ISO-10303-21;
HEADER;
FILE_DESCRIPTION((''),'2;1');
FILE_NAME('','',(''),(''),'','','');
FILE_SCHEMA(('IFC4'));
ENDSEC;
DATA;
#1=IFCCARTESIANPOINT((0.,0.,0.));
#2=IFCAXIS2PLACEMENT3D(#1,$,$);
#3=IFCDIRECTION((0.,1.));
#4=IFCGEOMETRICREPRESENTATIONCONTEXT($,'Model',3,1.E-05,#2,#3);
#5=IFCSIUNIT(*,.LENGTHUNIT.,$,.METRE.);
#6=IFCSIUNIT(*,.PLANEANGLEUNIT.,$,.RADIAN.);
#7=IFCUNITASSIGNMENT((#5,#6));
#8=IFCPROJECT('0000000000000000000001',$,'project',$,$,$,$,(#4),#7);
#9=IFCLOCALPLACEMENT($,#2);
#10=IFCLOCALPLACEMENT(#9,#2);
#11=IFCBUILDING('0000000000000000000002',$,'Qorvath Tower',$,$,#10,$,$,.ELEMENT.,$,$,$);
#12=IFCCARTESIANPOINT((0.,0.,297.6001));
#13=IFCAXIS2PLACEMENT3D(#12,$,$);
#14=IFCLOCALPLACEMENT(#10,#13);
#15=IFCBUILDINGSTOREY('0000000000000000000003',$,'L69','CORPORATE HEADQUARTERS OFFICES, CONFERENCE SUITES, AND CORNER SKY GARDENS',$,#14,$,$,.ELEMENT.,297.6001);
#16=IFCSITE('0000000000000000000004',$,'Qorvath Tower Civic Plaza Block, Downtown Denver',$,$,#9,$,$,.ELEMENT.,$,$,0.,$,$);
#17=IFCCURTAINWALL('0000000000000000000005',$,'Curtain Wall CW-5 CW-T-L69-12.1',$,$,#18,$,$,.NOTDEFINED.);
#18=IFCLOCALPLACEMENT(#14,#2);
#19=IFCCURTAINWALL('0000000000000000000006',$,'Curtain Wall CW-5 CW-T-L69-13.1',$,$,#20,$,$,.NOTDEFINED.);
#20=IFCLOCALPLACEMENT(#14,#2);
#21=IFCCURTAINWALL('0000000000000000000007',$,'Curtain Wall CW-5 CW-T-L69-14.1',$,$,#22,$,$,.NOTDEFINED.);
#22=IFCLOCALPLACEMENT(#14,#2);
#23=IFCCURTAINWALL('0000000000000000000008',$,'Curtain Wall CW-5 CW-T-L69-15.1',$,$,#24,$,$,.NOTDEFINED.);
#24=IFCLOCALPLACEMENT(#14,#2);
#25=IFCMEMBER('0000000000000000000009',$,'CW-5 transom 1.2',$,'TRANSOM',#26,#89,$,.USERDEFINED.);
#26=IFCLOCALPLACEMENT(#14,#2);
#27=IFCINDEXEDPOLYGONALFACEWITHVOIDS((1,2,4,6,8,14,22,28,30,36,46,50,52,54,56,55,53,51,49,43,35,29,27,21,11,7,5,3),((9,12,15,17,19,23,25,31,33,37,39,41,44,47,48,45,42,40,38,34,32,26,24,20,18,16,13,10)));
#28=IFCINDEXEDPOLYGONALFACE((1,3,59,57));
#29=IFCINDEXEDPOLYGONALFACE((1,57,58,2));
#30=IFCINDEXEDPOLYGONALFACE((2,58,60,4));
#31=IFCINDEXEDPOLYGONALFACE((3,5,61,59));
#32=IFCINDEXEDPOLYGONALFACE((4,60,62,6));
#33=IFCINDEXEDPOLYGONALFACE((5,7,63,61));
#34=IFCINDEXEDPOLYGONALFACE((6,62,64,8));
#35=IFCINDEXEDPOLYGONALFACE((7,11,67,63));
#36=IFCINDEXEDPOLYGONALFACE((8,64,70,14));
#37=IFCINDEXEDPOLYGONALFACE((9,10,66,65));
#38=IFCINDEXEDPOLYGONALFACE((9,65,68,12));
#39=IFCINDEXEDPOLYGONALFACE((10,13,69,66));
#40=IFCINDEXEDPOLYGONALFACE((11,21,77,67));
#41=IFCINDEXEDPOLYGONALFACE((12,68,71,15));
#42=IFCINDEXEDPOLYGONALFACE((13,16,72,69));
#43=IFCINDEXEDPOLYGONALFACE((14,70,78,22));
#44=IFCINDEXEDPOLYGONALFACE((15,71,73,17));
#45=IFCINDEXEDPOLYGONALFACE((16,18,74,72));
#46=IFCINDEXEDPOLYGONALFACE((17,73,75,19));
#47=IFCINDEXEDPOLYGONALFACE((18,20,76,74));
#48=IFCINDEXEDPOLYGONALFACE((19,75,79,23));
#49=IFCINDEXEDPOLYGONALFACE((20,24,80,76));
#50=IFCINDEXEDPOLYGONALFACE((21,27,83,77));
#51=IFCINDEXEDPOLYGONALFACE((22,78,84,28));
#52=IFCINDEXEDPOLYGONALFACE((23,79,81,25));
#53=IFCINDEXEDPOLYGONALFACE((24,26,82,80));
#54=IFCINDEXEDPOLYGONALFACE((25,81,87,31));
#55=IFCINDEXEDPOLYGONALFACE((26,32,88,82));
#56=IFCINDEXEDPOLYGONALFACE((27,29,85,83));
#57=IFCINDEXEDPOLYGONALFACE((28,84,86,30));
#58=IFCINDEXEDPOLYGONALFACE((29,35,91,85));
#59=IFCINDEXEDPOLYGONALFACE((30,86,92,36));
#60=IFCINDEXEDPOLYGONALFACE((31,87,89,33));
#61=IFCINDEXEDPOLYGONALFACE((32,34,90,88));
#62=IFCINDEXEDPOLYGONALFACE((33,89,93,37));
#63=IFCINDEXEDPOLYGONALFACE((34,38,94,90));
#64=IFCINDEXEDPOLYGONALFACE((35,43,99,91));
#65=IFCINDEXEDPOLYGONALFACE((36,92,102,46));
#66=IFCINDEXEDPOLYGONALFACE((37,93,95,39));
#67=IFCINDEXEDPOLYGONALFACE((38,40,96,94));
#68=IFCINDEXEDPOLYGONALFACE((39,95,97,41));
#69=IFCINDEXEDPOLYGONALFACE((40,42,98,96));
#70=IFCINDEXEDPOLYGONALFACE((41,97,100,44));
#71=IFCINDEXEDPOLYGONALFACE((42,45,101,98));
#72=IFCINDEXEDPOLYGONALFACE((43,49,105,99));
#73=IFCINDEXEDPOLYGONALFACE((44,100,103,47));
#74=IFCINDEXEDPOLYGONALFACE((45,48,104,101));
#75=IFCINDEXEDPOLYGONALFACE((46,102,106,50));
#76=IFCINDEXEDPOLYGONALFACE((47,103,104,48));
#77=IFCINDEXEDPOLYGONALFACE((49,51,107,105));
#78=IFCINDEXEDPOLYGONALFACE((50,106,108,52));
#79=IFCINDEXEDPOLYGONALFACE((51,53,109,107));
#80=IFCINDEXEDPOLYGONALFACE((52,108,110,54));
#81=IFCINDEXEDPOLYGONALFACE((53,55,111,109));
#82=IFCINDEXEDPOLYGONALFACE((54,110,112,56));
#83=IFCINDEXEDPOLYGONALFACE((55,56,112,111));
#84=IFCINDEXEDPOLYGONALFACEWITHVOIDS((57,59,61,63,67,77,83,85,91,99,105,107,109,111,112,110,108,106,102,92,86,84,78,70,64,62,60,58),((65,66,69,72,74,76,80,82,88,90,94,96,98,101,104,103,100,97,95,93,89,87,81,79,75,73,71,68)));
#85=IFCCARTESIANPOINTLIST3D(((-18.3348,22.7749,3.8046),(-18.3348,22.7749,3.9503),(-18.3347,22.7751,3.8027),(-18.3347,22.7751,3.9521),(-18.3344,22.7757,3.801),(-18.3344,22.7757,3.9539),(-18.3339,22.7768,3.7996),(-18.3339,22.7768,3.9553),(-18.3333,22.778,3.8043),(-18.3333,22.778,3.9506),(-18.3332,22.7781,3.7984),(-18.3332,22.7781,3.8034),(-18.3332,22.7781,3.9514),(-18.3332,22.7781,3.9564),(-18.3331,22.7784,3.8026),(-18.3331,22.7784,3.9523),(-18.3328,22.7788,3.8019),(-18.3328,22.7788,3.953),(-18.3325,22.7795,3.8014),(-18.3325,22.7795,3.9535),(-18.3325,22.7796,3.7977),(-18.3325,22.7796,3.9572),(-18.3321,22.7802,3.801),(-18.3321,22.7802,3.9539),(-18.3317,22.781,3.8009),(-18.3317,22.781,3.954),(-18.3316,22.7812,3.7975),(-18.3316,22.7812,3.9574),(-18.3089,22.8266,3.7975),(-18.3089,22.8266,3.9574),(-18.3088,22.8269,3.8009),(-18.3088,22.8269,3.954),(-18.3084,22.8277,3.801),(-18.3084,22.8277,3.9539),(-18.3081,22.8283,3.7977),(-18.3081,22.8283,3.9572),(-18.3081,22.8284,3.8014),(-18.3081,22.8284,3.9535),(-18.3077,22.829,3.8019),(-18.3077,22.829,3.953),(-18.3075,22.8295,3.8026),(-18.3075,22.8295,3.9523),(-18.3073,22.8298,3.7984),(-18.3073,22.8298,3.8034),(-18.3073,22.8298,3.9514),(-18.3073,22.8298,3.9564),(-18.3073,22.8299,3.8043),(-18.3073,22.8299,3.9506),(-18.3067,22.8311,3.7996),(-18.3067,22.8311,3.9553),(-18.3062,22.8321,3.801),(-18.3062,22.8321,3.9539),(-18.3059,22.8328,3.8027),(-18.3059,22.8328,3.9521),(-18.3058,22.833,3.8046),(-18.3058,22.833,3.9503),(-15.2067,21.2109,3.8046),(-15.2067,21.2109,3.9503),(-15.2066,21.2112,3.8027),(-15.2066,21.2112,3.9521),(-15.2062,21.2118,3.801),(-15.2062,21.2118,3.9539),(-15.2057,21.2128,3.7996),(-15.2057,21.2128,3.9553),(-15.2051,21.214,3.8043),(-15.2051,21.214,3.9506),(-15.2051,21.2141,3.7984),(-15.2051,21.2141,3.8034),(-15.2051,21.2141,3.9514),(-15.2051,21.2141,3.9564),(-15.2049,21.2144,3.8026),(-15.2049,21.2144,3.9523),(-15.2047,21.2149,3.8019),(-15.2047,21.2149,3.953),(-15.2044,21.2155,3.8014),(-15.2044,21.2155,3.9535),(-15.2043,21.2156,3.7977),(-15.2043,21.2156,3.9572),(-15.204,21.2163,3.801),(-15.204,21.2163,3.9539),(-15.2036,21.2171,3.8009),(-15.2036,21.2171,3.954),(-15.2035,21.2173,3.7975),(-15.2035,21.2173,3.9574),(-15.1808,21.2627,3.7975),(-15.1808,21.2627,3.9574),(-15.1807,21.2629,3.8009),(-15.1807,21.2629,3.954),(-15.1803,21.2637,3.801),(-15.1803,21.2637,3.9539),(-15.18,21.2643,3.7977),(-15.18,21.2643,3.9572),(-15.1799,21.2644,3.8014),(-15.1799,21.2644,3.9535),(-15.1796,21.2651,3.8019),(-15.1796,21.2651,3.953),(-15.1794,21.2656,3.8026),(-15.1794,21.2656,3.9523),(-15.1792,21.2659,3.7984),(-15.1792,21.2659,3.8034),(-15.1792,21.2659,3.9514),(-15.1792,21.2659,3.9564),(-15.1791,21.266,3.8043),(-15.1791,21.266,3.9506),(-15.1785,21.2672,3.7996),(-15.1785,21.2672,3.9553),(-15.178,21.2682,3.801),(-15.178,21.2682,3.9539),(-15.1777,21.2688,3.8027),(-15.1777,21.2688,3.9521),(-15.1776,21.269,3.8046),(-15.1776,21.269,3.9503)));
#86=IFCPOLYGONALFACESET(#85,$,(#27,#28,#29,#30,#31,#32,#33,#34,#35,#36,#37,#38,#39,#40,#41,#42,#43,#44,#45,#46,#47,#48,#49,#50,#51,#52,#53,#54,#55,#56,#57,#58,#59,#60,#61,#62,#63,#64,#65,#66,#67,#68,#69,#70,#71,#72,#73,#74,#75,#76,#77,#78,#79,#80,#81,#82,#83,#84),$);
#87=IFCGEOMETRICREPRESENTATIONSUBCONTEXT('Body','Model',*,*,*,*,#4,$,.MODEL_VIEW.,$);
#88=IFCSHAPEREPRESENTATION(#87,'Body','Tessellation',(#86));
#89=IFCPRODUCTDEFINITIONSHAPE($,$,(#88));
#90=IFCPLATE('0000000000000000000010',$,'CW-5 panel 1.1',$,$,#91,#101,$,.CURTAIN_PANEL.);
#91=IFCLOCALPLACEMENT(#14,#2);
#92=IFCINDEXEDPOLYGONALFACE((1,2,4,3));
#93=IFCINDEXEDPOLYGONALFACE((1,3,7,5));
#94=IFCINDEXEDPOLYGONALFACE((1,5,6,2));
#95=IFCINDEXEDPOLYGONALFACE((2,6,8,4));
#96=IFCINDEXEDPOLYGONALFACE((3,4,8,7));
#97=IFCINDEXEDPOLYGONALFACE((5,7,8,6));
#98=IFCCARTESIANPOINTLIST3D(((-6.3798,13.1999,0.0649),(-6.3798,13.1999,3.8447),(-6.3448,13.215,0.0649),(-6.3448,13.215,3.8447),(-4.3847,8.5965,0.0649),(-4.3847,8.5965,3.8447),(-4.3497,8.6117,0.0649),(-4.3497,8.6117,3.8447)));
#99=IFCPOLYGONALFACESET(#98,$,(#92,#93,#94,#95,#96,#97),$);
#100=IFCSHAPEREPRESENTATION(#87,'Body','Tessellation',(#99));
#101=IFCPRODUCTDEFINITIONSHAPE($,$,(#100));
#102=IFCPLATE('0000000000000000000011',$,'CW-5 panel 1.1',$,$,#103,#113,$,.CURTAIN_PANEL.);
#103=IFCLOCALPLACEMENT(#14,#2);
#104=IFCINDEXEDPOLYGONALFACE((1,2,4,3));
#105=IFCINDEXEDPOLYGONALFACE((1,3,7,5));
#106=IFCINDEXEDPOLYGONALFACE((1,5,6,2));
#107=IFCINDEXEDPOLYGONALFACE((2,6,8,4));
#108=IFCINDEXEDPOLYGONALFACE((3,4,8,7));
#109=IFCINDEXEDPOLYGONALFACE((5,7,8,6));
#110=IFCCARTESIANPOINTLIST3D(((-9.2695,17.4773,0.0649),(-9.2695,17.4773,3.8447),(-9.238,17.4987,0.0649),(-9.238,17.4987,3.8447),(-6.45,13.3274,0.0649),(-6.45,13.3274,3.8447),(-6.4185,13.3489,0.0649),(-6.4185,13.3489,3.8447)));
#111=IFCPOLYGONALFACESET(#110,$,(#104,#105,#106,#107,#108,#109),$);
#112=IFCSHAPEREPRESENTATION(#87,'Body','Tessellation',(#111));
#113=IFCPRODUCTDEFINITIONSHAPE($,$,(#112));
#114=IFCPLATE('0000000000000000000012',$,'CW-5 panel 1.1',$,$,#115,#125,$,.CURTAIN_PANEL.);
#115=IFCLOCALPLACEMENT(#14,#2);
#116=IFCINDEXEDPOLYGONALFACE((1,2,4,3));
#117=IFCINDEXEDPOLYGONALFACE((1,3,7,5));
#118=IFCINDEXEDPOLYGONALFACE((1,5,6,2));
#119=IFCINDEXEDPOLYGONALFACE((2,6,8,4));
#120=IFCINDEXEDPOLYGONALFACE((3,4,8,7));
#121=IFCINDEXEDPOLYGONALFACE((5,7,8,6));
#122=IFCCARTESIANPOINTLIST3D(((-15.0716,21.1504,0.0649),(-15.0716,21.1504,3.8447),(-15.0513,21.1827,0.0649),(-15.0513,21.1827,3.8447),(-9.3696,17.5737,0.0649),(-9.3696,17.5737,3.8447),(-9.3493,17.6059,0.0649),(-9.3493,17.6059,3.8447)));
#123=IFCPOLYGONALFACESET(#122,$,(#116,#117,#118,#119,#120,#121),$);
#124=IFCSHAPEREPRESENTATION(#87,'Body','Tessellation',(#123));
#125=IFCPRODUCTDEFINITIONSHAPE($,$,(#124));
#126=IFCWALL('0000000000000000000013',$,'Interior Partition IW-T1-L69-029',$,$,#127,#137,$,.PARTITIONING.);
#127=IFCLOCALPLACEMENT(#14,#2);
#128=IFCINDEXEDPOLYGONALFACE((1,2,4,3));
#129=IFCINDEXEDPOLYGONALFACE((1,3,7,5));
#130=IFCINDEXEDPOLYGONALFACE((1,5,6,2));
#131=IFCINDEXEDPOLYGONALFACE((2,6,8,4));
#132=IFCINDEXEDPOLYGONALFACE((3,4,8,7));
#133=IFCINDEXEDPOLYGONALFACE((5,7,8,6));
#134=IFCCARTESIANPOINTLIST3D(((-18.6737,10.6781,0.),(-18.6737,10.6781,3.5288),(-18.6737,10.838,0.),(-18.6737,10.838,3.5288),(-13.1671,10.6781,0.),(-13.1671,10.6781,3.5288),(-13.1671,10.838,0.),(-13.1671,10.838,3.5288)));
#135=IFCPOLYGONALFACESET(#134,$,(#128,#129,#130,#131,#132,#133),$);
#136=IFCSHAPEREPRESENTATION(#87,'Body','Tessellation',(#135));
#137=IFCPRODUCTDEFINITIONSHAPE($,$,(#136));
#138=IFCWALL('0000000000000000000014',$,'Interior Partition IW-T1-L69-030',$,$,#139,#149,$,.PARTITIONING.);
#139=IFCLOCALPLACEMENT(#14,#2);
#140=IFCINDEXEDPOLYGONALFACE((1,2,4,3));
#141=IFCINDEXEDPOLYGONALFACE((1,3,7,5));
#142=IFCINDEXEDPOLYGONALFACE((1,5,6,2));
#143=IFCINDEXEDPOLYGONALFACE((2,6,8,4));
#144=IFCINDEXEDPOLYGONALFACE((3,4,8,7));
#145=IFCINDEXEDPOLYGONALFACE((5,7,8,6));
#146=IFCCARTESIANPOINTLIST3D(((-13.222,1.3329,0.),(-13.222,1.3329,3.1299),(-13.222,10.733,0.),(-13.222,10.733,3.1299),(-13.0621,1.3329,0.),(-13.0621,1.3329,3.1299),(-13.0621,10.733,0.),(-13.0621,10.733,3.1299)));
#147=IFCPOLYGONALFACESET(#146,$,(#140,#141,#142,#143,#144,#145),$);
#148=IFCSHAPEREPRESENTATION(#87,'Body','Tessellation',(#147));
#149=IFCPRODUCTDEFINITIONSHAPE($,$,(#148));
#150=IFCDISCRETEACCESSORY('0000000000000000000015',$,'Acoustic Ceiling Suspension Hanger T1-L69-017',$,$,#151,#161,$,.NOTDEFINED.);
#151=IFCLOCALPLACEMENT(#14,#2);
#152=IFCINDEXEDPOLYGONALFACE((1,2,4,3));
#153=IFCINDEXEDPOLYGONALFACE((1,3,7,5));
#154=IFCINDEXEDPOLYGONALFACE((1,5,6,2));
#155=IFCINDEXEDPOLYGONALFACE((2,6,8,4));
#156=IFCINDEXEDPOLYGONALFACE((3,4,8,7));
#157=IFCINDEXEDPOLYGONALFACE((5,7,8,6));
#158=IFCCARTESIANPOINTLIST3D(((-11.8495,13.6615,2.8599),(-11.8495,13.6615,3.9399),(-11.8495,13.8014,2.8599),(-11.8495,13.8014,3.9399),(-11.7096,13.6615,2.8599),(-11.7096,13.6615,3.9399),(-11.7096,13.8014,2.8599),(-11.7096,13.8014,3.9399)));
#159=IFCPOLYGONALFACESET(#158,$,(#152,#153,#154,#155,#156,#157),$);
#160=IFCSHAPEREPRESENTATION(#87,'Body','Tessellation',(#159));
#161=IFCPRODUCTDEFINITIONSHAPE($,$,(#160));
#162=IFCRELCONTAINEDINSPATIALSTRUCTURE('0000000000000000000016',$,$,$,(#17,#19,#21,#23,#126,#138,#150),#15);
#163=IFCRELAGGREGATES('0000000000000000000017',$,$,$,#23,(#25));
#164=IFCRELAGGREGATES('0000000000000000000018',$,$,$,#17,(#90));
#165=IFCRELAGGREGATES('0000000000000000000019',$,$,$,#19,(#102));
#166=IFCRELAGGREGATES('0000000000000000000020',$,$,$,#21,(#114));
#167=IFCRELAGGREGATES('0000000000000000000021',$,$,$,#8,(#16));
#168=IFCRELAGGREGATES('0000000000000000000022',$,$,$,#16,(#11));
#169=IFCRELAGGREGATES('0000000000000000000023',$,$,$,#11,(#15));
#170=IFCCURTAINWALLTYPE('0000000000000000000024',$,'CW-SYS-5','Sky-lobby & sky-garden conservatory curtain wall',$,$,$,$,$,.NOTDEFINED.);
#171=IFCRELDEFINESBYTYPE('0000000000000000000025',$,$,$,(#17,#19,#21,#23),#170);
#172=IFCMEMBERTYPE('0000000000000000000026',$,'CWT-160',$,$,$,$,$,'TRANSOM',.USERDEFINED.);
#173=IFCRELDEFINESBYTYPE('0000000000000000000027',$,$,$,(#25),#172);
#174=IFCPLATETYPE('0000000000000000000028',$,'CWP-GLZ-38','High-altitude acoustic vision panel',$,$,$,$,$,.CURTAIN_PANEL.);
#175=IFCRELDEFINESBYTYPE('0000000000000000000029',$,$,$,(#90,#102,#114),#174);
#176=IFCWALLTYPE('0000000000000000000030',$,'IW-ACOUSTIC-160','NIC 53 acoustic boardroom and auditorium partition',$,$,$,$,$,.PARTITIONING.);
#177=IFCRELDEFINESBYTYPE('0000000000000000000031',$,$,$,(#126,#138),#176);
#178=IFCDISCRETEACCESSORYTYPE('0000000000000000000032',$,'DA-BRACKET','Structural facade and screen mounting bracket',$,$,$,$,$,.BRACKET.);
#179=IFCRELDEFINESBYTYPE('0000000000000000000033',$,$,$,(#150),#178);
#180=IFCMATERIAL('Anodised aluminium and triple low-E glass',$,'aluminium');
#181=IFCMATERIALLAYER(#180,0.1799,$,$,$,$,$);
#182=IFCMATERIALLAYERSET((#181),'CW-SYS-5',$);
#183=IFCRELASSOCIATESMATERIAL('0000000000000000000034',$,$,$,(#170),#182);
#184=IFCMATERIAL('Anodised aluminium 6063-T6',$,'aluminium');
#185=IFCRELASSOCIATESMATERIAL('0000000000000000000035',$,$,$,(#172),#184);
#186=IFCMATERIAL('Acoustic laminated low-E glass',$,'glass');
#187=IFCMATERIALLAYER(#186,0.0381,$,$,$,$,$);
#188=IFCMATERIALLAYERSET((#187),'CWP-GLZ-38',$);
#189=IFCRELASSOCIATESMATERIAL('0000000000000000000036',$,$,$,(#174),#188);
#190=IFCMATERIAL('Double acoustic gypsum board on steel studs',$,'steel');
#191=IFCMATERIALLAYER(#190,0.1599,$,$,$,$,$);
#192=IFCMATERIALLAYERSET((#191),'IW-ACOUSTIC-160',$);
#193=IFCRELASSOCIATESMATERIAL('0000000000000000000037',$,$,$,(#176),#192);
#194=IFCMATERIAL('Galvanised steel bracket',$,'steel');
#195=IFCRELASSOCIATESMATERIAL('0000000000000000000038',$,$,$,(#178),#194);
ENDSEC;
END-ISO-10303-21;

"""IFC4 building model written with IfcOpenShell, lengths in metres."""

from ifc_helpers import new_model, si_unit, direction, frame, frame_2d, origin, origin_2d, place, context, subcontext, project, spatial, rectangle, hollow_rectangle, extrude, material, layer, layer_set, material_profile, profile_set, type_object, element, aggregate, save


model = new_model("IFC4")

# Units and contexts
model_context = context("Model", 3, precision=1e-05, world=origin(), true_north=direction((0.0, 1.0)))
body_context = subcontext(model_context, "Body", "Model", "MODEL_VIEW")
ifc_project = project(units=[si_unit("LENGTHUNIT", "METRE"), si_unit("PLANEANGLEUNIT", "RADIAN")], contexts=[model_context])

# Site, building, storey
site_placement = place(None, origin())
site = spatial("IfcSite", under=ifc_project, at=site_placement, Name="Qorvath Tower Civic Plaza Block, Downtown Denver", CompositionType="ELEMENT", RefElevation=0.0)
building_placement = place(site_placement, origin())
building = spatial("IfcBuilding", under=site, at=building_placement, Name="Qorvath Tower", CompositionType="ELEMENT")
storey_placement = place(building_placement, frame((0.0, 0.0, 297.6001)))
storey = spatial("IfcBuildingStorey", under=building, at=storey_placement, Name="L69", Description="CORPORATE HEADQUARTERS OFFICES, CONFERENCE SUITES, AND CORNER SKY GARDENS", CompositionType="ELEMENT", Elevation=297.6001)

# Curtain walls
ifc_material_1 = material(Name="Anodised aluminium and triple low-E glass", Category="aluminium")
ifc_layer_1 = layer(ifc_material_1, 0.1799)
ifc_layer_set_1 = layer_set([ifc_layer_1], Name="CW-SYS-5")
curtain_wall_type = type_object("IfcCurtainWallType", Name="CW-SYS-5", Description="Sky-lobby & sky-garden conservatory curtain wall", PredefinedType="NOTDEFINED", material=ifc_layer_set_1)
curtain_wall_1_placement = place(storey_placement, origin())
curtain_wall_1 = element("IfcCurtainWall", 1, at=curtain_wall_1_placement, inside=storey, type_object=curtain_wall_type, Name="Curtain Wall CW-5 CW-T-L69-12.1", PredefinedType="NOTDEFINED")
curtain_wall_2_placement = place(storey_placement, origin())
curtain_wall_2 = element("IfcCurtainWall", 2, at=curtain_wall_2_placement, inside=storey, type_object=curtain_wall_type, Name="Curtain Wall CW-5 CW-T-L69-13.1", PredefinedType="NOTDEFINED")
curtain_wall_3_placement = place(storey_placement, origin())
curtain_wall_3 = element("IfcCurtainWall", 3, at=curtain_wall_3_placement, inside=storey, type_object=curtain_wall_type, Name="Curtain Wall CW-5 CW-T-L69-14.1", PredefinedType="NOTDEFINED")

# Curtain wall
curtain_wall_4_placement = place(storey_placement, origin())
curtain_wall_4 = element("IfcCurtainWall", 4, at=curtain_wall_4_placement, inside=storey, type_object=curtain_wall_type, Name="Curtain Wall CW-5 CW-T-L69-15.1", PredefinedType="NOTDEFINED")

# Member
ifc_material_2 = material(Name="Anodised aluminium 6063-T6", Category="aluminium")
ifc_material_profile_1 = material_profile(ifc_material_2, hollow_rectangle(XDim=0.0649, YDim=0.1599, WallThickness=0.0034, InnerFilletRadius=0.0034, OuterFilletRadius=0.0071, at=origin_2d()), Name="CWT 160x65")
ifc_profile_set_1 = profile_set([ifc_material_profile_1], Name="Anodised aluminium 6063-T6")
member_type_1 = type_object("IfcMemberType", Name="CWT-160", ElementType="TRANSOM", PredefinedType="USERDEFINED", material=ifc_profile_set_1)
member_1_placement = place(storey_placement, frame((-15.1921, 21.24, 3.8774), z_axis=(-0.894441, 0.447186, 0.0), x_axis=(-0.447186, -0.894441, 0.0)))
member_1 = element("IfcMember", 5, at=member_1_placement, type_object=member_type_1, Name="CW-5 transom 1.2", ObjectType="TRANSOM", PredefinedType="USERDEFINED", context=body_context, shape_type="SweptSolid", body=[
    extrude(hollow_rectangle(XDim=0.0649, YDim=0.1599, WallThickness=0.0034, InnerFilletRadius=0.0034, OuterFilletRadius=0.0071, at=origin_2d()), origin(), (0.0, 0.0, 1.0), 3.4973),
])
aggregate(curtain_wall_4, [member_1])

# Plates
ifc_material_3 = material(Name="Acoustic laminated low-E glass", Category="glass")
ifc_layer_2 = layer(ifc_material_3, 0.0381)
ifc_layer_set_2 = layer_set([ifc_layer_2], Name="CWP-GLZ-38")
plate_type = type_object("IfcPlateType", Name="CWP-GLZ-38", Description="High-altitude acoustic vision panel", PredefinedType="CURTAIN_PANEL", material=ifc_layer_set_2)
plate_1_placement = place(storey_placement, frame((-5.3647, 10.9058, 0.0649), z_axis=(0.0, 0.0, 1.0), x_axis=(-0.397658, 0.917534, 0.0)))
plate_1 = element("IfcPlate", 6, at=plate_1_placement, type_object=plate_type, Name="CW-5 panel 1.1", PredefinedType="CURTAIN_PANEL", context=body_context, shape_type="SweptSolid", body=[
    extrude(rectangle(XDim=5.0171, YDim=0.0381, at=origin_2d()), origin(), (0.0, 0.0, 1.0), 3.7798),
])
aggregate(curtain_wall_1, [plate_1])
plate_2_placement = place(storey_placement, frame((-7.844, 15.4131, 0.0649), z_axis=(0.0, 0.0, 1.0), x_axis=(-0.561985, 0.827147, 0.0)))
plate_2 = element("IfcPlate", 7, at=plate_2_placement, type_object=plate_type, Name="CW-5 panel 1.1", PredefinedType="CURTAIN_PANEL", context=body_context, shape_type="SweptSolid", body=[
    extrude(rectangle(XDim=5.0171, YDim=0.0381, at=origin_2d()), origin(), (0.0, 0.0, 1.0), 3.7798),
])
aggregate(curtain_wall_2, [plate_2])
plate_3_placement = place(storey_placement, frame((-12.2104, 19.3782, 0.0649), z_axis=(0.0, 0.0, 1.0), x_axis=(-0.847128, 0.531389, 0.0)))
plate_3 = element("IfcPlate", 8, at=plate_3_placement, type_object=plate_type, Name="CW-5 panel 1.1", PredefinedType="CURTAIN_PANEL", context=body_context, shape_type="SweptSolid", body=[
    extrude(rectangle(XDim=6.731, YDim=0.0381, at=origin_2d()), origin(), (0.0, 0.0, 1.0), 3.7798),
])
aggregate(curtain_wall_3, [plate_3])

# Walls
ifc_material_4 = material(Name="Double acoustic gypsum board on steel studs", Category="steel")
ifc_layer_3 = layer(ifc_material_4, 0.1599)
ifc_layer_set_3 = layer_set([ifc_layer_3], Name="IW-ACOUSTIC-160")
wall_type = type_object("IfcWallType", Name="IW-ACOUSTIC-160", Description="NIC 53 acoustic boardroom and auditorium partition", PredefinedType="PARTITIONING", material=ifc_layer_set_3)
wall_1_placement = place(storey_placement, frame((-13.167, 10.7581, 0.0), z_axis=(0.0, 0.0, 1.0), x_axis=(-1.0, 0.0, 0.0)))
element("IfcWall", 9, at=wall_1_placement, inside=storey, type_object=wall_type, Name="Interior Partition IW-T1-L69-029", PredefinedType="PARTITIONING", context=body_context, shape_type="SweptSolid", body=[
    extrude(rectangle(XDim=5.5066, YDim=0.1599, at=frame_2d((2.7534, 0.0))), origin(), (0.0, 0.0, 1.0), 3.5288),
])
wall_2_placement = place(storey_placement, frame((-13.1421, 10.7332, 0.0), z_axis=(0.0, 0.0, 1.0), x_axis=(0.0, -1.0, 0.0)))
element("IfcWall", 10, at=wall_2_placement, inside=storey, type_object=wall_type, Name="Interior Partition IW-T1-L69-030", PredefinedType="PARTITIONING", context=body_context, shape_type="SweptSolid", body=[
    extrude(rectangle(XDim=9.4001, YDim=0.1599, at=frame_2d((4.7002, 0.0))), origin(), (0.0, 0.0, 1.0), 3.1299),
])

# Discrete accessory
ifc_material_5 = material(Name="Galvanised steel bracket", Category="steel")
discrete_accessory_type = type_object("IfcDiscreteAccessoryType", Name="DA-BRACKET", Description="Structural facade and screen mounting bracket", PredefinedType="BRACKET", material=ifc_material_5)
discrete_accessory_placement = place(storey_placement, frame((-11.7795, 13.7314, 2.8599), z_axis=(0.0, 0.0, 1.0), x_axis=(1.0, 0.0, 0.0)))
element("IfcDiscreteAccessory", 11, at=discrete_accessory_placement, inside=storey, type_object=discrete_accessory_type, Name="Acoustic Ceiling Suspension Hanger T1-L69-017", PredefinedType="NOTDEFINED", context=body_context, shape_type="SweptSolid", body=[
    extrude(rectangle(XDim=0.1399, YDim=0.1399, at=origin_2d()), origin(), (0.0, 0.0, 1.0), 1.0801),
])

save(model, "model.ifc")
